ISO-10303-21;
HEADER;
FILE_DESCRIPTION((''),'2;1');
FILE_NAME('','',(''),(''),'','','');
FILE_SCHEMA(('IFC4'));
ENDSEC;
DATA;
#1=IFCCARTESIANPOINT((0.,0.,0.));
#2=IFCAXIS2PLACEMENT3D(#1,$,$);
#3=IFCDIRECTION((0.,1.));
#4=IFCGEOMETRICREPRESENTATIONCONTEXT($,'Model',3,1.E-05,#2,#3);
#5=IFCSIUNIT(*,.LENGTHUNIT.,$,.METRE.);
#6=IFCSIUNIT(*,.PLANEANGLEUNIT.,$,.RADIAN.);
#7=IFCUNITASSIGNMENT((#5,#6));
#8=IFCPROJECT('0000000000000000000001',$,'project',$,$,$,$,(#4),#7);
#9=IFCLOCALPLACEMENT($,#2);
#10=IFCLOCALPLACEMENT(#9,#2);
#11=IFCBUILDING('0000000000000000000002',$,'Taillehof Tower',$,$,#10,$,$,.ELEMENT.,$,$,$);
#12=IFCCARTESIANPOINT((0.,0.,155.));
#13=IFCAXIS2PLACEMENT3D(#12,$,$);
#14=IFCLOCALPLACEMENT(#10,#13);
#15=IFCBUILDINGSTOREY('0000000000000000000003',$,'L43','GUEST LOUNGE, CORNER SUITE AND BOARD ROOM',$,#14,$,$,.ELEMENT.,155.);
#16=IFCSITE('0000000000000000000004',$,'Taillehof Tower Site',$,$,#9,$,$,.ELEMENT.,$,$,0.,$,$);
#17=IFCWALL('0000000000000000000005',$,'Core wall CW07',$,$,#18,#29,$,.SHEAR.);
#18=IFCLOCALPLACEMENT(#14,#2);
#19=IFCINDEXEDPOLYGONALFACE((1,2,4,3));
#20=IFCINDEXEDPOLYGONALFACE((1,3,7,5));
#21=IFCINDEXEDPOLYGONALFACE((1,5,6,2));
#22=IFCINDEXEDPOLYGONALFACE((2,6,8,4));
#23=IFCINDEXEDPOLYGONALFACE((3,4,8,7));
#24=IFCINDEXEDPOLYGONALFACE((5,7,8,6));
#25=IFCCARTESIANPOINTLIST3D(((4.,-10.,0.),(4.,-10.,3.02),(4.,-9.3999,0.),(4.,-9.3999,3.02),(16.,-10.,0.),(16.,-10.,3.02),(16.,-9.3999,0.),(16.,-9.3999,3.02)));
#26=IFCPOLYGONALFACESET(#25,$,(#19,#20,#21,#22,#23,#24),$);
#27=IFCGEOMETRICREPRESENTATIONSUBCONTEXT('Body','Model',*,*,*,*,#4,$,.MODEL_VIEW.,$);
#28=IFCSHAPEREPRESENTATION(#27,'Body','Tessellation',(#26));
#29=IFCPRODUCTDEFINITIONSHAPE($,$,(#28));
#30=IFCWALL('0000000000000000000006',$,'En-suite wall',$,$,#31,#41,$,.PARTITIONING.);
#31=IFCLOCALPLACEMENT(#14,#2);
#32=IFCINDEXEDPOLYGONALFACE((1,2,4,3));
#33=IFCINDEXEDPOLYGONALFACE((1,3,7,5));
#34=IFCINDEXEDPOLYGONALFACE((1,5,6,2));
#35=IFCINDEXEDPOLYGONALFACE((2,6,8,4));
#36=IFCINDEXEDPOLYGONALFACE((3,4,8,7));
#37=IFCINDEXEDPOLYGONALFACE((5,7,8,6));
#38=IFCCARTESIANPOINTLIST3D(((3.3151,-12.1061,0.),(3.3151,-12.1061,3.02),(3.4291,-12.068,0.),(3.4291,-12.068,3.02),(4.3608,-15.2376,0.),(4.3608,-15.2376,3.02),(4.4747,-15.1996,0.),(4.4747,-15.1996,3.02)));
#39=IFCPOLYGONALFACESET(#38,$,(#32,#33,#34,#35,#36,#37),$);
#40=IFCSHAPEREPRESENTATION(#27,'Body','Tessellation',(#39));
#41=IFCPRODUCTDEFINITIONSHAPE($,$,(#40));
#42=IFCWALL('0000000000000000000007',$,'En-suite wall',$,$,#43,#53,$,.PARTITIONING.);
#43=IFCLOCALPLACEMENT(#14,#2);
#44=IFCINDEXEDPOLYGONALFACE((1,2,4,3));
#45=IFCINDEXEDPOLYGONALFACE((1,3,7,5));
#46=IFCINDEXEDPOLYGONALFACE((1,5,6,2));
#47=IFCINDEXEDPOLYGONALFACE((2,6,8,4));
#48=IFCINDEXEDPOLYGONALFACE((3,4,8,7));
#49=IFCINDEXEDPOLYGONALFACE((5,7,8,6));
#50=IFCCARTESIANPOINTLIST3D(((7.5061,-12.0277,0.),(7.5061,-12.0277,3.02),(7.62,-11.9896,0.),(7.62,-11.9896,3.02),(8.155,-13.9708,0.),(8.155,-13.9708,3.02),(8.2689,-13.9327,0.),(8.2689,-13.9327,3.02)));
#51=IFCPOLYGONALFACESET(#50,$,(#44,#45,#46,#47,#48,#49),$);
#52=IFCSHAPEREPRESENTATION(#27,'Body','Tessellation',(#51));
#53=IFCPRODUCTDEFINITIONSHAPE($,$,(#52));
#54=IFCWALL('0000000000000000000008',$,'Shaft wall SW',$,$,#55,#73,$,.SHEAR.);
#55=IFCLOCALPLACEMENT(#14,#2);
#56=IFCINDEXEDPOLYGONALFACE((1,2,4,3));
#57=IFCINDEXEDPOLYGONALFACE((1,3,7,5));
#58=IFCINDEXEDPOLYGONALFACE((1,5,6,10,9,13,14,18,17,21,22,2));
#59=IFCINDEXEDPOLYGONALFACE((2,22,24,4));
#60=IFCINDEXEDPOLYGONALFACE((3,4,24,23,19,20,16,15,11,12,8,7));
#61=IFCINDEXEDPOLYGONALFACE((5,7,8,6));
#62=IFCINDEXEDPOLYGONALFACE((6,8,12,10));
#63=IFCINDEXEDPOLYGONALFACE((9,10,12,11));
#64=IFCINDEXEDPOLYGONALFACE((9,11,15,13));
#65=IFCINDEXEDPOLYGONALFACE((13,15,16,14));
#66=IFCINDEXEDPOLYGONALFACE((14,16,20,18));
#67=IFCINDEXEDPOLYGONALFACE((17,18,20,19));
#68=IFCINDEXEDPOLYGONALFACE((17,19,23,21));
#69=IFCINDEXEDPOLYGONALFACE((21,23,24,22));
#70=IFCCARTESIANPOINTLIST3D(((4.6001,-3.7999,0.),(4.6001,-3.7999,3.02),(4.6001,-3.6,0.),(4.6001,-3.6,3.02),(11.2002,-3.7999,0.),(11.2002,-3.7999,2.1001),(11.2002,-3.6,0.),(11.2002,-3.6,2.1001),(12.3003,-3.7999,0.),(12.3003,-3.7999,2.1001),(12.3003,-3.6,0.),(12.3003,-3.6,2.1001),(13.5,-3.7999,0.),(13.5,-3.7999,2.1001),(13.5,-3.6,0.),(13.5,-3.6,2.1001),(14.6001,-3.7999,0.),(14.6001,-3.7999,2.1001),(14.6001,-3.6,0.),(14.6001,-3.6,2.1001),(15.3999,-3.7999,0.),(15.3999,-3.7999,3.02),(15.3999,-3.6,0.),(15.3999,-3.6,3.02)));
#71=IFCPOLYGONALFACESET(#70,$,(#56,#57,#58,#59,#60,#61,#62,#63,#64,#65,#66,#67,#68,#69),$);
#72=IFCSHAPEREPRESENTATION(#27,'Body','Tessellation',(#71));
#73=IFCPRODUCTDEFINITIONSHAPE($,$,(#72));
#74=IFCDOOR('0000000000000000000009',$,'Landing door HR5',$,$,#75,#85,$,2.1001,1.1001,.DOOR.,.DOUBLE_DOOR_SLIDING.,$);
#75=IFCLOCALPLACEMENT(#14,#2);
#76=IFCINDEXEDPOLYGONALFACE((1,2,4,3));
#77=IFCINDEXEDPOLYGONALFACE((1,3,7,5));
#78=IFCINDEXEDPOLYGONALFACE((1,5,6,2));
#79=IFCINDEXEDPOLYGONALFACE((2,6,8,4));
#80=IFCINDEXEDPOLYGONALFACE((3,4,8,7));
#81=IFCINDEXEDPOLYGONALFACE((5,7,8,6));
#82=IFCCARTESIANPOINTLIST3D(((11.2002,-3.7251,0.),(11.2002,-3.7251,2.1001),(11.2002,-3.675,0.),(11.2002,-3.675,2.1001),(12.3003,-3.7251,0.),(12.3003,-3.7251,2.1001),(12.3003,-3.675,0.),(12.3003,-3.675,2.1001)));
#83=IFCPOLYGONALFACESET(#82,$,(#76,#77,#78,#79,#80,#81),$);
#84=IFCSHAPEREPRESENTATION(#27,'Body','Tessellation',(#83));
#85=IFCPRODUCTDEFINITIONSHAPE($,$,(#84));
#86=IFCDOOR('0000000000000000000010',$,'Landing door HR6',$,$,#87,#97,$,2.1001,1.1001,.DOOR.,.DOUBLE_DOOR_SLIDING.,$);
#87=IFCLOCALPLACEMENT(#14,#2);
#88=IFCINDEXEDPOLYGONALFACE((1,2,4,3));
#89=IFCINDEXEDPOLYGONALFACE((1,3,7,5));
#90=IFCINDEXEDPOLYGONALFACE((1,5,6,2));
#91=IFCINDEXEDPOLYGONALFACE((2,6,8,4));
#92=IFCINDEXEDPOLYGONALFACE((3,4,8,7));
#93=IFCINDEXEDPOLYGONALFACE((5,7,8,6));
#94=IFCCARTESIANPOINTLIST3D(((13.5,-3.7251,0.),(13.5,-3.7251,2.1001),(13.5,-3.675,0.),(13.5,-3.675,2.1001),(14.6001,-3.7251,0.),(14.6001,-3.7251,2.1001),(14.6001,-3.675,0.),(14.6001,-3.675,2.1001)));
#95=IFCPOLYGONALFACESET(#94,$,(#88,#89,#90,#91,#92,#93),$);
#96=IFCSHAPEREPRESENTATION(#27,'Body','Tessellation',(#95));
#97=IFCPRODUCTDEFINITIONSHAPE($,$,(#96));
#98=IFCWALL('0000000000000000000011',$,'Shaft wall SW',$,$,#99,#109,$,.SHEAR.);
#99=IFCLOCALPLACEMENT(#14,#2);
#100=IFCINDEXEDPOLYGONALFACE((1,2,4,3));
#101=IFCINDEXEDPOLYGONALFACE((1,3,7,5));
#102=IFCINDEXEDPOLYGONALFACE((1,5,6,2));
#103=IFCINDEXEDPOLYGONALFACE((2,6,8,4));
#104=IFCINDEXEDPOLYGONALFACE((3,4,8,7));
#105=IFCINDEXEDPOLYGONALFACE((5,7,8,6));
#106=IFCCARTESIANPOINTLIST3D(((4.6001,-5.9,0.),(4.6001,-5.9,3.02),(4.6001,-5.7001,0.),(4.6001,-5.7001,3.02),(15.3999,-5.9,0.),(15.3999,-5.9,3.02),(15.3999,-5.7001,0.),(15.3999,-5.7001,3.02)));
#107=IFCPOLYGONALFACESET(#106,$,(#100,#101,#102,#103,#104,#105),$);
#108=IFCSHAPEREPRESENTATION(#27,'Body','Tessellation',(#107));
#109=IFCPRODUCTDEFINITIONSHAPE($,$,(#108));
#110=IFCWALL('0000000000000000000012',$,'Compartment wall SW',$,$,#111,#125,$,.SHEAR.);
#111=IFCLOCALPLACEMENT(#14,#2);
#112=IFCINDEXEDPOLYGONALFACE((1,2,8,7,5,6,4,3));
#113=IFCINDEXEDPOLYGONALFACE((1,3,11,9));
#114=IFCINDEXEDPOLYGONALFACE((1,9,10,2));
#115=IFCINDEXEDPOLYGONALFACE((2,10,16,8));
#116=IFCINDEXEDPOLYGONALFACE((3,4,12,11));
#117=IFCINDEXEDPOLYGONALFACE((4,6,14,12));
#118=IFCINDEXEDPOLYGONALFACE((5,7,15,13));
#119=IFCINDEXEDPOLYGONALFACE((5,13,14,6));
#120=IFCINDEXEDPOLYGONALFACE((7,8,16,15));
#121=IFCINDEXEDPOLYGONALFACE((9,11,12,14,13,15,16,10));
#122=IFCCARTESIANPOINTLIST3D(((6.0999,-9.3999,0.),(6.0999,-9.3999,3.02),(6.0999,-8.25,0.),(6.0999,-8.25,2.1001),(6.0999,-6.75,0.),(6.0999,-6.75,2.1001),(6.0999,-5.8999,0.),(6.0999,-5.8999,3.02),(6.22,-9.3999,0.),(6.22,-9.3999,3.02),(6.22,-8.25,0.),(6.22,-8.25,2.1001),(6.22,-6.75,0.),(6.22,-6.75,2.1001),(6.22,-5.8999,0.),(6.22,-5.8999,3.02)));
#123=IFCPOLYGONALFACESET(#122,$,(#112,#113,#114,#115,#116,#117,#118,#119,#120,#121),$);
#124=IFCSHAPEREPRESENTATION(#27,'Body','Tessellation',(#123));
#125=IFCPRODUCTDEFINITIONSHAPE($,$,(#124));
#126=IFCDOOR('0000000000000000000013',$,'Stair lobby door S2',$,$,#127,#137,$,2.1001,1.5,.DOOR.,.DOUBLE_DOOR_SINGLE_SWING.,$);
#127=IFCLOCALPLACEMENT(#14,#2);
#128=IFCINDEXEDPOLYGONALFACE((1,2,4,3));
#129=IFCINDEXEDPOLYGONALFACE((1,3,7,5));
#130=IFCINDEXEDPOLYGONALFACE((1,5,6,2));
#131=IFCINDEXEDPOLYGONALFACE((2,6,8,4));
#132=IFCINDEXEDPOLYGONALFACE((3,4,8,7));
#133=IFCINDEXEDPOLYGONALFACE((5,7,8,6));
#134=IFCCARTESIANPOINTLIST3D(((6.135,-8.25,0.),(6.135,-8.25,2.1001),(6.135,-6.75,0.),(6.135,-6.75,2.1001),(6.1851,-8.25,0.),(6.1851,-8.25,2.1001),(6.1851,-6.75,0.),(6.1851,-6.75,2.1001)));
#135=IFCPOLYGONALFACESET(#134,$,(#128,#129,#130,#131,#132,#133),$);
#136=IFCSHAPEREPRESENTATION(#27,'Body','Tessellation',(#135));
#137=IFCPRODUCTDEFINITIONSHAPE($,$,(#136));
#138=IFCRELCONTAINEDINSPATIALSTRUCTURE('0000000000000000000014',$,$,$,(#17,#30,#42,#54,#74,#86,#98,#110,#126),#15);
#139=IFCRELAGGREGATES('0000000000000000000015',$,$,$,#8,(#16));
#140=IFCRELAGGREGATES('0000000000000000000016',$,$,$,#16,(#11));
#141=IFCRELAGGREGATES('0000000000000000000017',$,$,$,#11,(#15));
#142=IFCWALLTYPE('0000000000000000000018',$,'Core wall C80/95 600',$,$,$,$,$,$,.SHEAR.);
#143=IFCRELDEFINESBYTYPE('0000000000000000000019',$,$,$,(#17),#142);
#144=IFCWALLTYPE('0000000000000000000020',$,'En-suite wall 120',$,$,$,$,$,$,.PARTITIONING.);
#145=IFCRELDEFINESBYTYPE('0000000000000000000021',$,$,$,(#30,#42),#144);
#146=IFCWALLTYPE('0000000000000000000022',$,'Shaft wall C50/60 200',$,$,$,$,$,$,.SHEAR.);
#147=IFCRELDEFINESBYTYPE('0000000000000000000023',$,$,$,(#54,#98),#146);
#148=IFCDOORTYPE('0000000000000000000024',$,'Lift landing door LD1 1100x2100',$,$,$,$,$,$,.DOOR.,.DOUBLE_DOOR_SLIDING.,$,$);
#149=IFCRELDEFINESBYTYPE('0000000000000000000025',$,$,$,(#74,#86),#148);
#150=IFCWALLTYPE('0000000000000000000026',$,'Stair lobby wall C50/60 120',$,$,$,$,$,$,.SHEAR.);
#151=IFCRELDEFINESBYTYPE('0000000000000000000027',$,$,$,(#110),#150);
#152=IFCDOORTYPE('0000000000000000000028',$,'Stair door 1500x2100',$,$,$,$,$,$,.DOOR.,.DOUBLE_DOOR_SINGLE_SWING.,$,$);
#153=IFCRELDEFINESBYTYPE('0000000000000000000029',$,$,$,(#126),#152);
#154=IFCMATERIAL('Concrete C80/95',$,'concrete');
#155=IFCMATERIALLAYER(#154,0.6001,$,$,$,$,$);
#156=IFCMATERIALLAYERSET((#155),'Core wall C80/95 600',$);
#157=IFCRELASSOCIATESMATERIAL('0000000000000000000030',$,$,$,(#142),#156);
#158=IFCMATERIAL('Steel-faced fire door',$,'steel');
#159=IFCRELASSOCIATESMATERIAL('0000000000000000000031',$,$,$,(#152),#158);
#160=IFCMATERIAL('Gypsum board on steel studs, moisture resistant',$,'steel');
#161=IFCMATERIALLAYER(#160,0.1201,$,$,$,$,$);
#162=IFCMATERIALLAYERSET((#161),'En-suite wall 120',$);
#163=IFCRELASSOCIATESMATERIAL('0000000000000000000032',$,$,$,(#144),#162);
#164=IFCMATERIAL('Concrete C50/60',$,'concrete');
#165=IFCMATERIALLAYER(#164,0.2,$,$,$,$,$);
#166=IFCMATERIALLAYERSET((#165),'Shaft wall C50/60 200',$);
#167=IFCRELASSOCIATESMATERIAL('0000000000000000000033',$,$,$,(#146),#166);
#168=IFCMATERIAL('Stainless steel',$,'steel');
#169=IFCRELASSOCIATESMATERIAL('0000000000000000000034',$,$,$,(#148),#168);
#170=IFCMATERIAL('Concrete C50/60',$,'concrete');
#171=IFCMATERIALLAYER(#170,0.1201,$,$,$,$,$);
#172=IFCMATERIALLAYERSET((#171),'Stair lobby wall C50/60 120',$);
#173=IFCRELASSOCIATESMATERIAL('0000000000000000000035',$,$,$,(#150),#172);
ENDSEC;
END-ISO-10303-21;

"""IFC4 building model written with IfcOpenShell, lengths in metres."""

from ifc_helpers import new_model, si_unit, direction, frame, frame_2d, origin, place, context, subcontext, project, spatial, rectangle, extrude, material, layer, layer_set, type_object, element, fill, save


model = new_model("IFC4")

# Units and contexts
model_context = context("Model", 3, precision=1e-05, world=origin(), true_north=direction((0.0, 1.0)))
body_context = subcontext(model_context, "Body", "Model", "MODEL_VIEW")
ifc_project = project(units=[si_unit("LENGTHUNIT", "METRE"), si_unit("PLANEANGLEUNIT", "RADIAN")], contexts=[model_context])

# Site, building, storey
site_placement = place(None, origin())
site = spatial("IfcSite", under=ifc_project, at=site_placement, Name="Taillehof Tower Site", CompositionType="ELEMENT", RefElevation=0.0)
building_placement = place(site_placement, origin())
building = spatial("IfcBuilding", under=site, at=building_placement, Name="Taillehof Tower", CompositionType="ELEMENT")
storey_placement = place(building_placement, frame((0.0, 0.0, 155.0)))
storey = spatial("IfcBuildingStorey", under=building, at=storey_placement, Name="L43", Description="GUEST LOUNGE, CORNER SUITE AND BOARD ROOM", CompositionType="ELEMENT", Elevation=155.0)

# Shared definitions
ifc_material_1 = material(Name="Concrete C80/95", Category="concrete")
ifc_layer_1 = layer(ifc_material_1, 0.6001)
ifc_layer_set_1 = layer_set([ifc_layer_1], Name="Core wall C80/95 600")
wall_type_1 = type_object("IfcWallType", Name="Core wall C80/95 600", PredefinedType="SHEAR", material=ifc_layer_set_1)
ifc_material_2 = material(Name="Steel-faced fire door", Category="steel")
door_type_1 = type_object("IfcDoorType", Name="Stair door 1500x2100", OperationType="DOUBLE_DOOR_SINGLE_SWING", PredefinedType="DOOR", material=ifc_material_2)

# Walls
wall_1_placement = place(storey_placement, frame((4.0, -9.7, 0.0), z_axis=(0.0, 0.0, 1.0), x_axis=(1.0, 0.0, 0.0)))
element("IfcWall", 1, at=wall_1_placement, inside=storey, type_object=wall_type_1, Name="Core wall CW07", PredefinedType="SHEAR", context=body_context, shape_type="SweptSolid", body=[
    extrude(rectangle(XDim=12.0, YDim=0.6001, at=frame_2d((6.0, 0.0))), origin(), (0.0, 0.0, 1.0), 3.02),
])
ifc_material_3 = material(Name="Gypsum board on steel studs, moisture resistant", Category="steel")
ifc_layer_2 = layer(ifc_material_3, 0.1201)
ifc_layer_set_2 = layer_set([ifc_layer_2], Name="En-suite wall 120")
wall_type_2 = type_object("IfcWallType", Name="En-suite wall 120", PredefinedType="PARTITIONING", material=ifc_layer_set_2)
wall_2_placement = place(storey_placement, frame((3.3721, -12.0869, 0.0), z_axis=(0.0, 0.0, 1.0), x_axis=(0.316716, -0.94852, 0.0)))
element("IfcWall", 2, at=wall_2_placement, inside=storey, type_object=wall_type_2, Name="En-suite wall", PredefinedType="PARTITIONING", context=body_context, shape_type="SweptSolid", body=[
    extrude(rectangle(XDim=3.3015, YDim=0.1201, at=frame_2d((1.6509, 0.0))), origin(), (0.0, 0.0, 1.0), 3.02),
])
wall_3_placement = place(storey_placement, frame((7.563, -12.0085, 0.0), z_axis=(0.0, 0.0, 1.0), x_axis=(0.316764, -0.948504, 0.0)))
element("IfcWall", 3, at=wall_3_placement, inside=storey, type_object=wall_type_2, Name="En-suite wall", PredefinedType="PARTITIONING", context=body_context, shape_type="SweptSolid", body=[
    extrude(rectangle(XDim=2.0486, YDim=0.1201, at=frame_2d((1.0244, 0.0))), origin(), (0.0, 0.0, 1.0), 3.02),
])

# Wall, openings, doors
ifc_material_4 = material(Name="Concrete C50/60", Category="concrete")
ifc_layer_3 = layer(ifc_material_4, 0.2)
ifc_layer_set_3 = layer_set([ifc_layer_3], Name="Shaft wall C50/60 200")
wall_type_3 = type_object("IfcWallType", Name="Shaft wall C50/60 200", PredefinedType="SHEAR", material=ifc_layer_set_3)
wall_4_placement = place(storey_placement, frame((4.6001, -3.7, 0.0), z_axis=(0.0, 0.0, 1.0), x_axis=(1.0, 0.0, 0.0)))
wall_4 = element("IfcWall", 4, at=wall_4_placement, inside=storey, type_object=wall_type_3, Name="Shaft wall SW", PredefinedType="SHEAR", context=body_context, shape_type="SweptSolid", body=[
    extrude(rectangle(XDim=10.7998, YDim=0.2, at=frame_2d((5.3999, 0.0))), origin(), (0.0, 0.0, 1.0), 3.02),
])
opening_1_placement = place(wall_4_placement, frame((6.6001, 0.0, 0.0)))
opening_1 = element("IfcOpeningElement", 5, at=opening_1_placement, cuts=wall_4, PredefinedType="OPENING", context=body_context, shape_type="SweptSolid", body=[
    extrude(rectangle(XDim=1.1001, YDim=2.1001, at=frame_2d((0.55, 1.05))), frame((0.0, 0.1099, 0.0), z_axis=(0.0, -1.0, 0.0), x_axis=(1.0, 0.0, 0.0)), (0.0, 0.0, 1.0), 0.22),
])
opening_2_placement = place(wall_4_placement, frame((8.8999, 0.0, 0.0)))
opening_2 = element("IfcOpeningElement", 6, at=opening_2_placement, cuts=wall_4, PredefinedType="OPENING", context=body_context, shape_type="SweptSolid", body=[
    extrude(rectangle(XDim=1.1001, YDim=2.1001, at=frame_2d((0.55, 1.05))), frame((0.0, 0.1099, 0.0), z_axis=(0.0, -1.0, 0.0), x_axis=(1.0, 0.0, 0.0)), (0.0, 0.0, 1.0), 0.22),
])
ifc_material_5 = material(Name="Stainless steel", Category="steel")
door_type_2 = type_object("IfcDoorType", Name="Lift landing door LD1 1100x2100", OperationType="DOUBLE_DOOR_SLIDING", PredefinedType="DOOR", material=ifc_material_5)
door_1_placement = place(opening_1_placement, origin())
door_1 = element("IfcDoor", 7, at=door_1_placement, inside=storey, type_object=door_type_2, Name="Landing door HR5", OperationType="DOUBLE_DOOR_SLIDING", OverallHeight=2.1001, OverallWidth=1.1001, PredefinedType="DOOR", context=body_context, shape_type="SweptSolid", body=[
    extrude(rectangle(XDim=1.1001, YDim=2.1001, at=frame_2d((0.55, 1.05))), frame((0.0, 0.0249, 0.0), z_axis=(0.0, -1.0, 0.0), x_axis=(1.0, 0.0, 0.0)), (0.0, 0.0, 1.0), 0.05),
])
fill(opening_1, door_1)
door_2_placement = place(opening_2_placement, origin())
door_2 = element("IfcDoor", 8, at=door_2_placement, inside=storey, type_object=door_type_2, Name="Landing door HR6", OperationType="DOUBLE_DOOR_SLIDING", OverallHeight=2.1001, OverallWidth=1.1001, PredefinedType="DOOR", context=body_context, shape_type="SweptSolid", body=[
    extrude(rectangle(XDim=1.1001, YDim=2.1001, at=frame_2d((0.55, 1.05))), frame((0.0, 0.0249, 0.0), z_axis=(0.0, -1.0, 0.0), x_axis=(1.0, 0.0, 0.0)), (0.0, 0.0, 1.0), 0.05),
])
fill(opening_2, door_2)

# Wall
wall_5_placement = place(storey_placement, frame((4.6001, -5.8, 0.0), z_axis=(0.0, 0.0, 1.0), x_axis=(1.0, 0.0, 0.0)))
element("IfcWall", 9, at=wall_5_placement, inside=storey, type_object=wall_type_3, Name="Shaft wall SW", PredefinedType="SHEAR", context=body_context, shape_type="SweptSolid", body=[
    extrude(rectangle(XDim=10.7998, YDim=0.2, at=frame_2d((5.3999, 0.0))), origin(), (0.0, 0.0, 1.0), 3.02),
])

# Wall, opening, door
ifc_material_6 = material(Name="Concrete C50/60", Category="concrete")
ifc_layer_4 = layer(ifc_material_6, 0.1201)
ifc_layer_set_4 = layer_set([ifc_layer_4], Name="Stair lobby wall C50/60 120")
wall_type_4 = type_object("IfcWallType", Name="Stair lobby wall C50/60 120", PredefinedType="SHEAR", material=ifc_layer_set_4)
wall_6_placement = place(storey_placement, frame((6.1599, -9.3999, 0.0), z_axis=(0.0, 0.0, 1.0), x_axis=(0.0, 1.0, 0.0)))
wall_6 = element("IfcWall", 10, at=wall_6_placement, inside=storey, type_object=wall_type_4, Name="Compartment wall SW", PredefinedType="SHEAR", context=body_context, shape_type="SweptSolid", body=[
    extrude(rectangle(XDim=3.5, YDim=0.1201, at=frame_2d((1.75, 0.0))), origin(), (0.0, 0.0, 1.0), 3.02),
])
opening_3_placement = place(wall_6_placement, frame((1.1499, 0.0, 0.0)))
opening_3 = element("IfcOpeningElement", 11, at=opening_3_placement, cuts=wall_6, PredefinedType="OPENING", context=body_context, shape_type="SweptSolid", body=[
    extrude(rectangle(XDim=1.5, YDim=2.1001, at=frame_2d((0.75, 1.05))), frame((0.0, 0.0701, 0.0), z_axis=(0.0, -1.0, 0.0), x_axis=(1.0, 0.0, 0.0)), (0.0, 0.0, 1.0), 0.1401),
])
door_3_placement = place(opening_3_placement, origin())
door_3 = element("IfcDoor", 12, at=door_3_placement, inside=storey, type_object=door_type_1, Name="Stair lobby door S2", OperationType="DOUBLE_DOOR_SINGLE_SWING", OverallHeight=2.1001, OverallWidth=1.5, PredefinedType="DOOR", context=body_context, shape_type="SweptSolid", body=[
    extrude(rectangle(XDim=1.5, YDim=2.1001, at=frame_2d((0.75, 1.05))), frame((0.0, 0.0249, 0.0), z_axis=(0.0, -1.0, 0.0), x_axis=(1.0, 0.0, 0.0)), (0.0, 0.0, 1.0), 0.05),
])
fill(opening_3, door_3)

save(model, "model.ifc")
